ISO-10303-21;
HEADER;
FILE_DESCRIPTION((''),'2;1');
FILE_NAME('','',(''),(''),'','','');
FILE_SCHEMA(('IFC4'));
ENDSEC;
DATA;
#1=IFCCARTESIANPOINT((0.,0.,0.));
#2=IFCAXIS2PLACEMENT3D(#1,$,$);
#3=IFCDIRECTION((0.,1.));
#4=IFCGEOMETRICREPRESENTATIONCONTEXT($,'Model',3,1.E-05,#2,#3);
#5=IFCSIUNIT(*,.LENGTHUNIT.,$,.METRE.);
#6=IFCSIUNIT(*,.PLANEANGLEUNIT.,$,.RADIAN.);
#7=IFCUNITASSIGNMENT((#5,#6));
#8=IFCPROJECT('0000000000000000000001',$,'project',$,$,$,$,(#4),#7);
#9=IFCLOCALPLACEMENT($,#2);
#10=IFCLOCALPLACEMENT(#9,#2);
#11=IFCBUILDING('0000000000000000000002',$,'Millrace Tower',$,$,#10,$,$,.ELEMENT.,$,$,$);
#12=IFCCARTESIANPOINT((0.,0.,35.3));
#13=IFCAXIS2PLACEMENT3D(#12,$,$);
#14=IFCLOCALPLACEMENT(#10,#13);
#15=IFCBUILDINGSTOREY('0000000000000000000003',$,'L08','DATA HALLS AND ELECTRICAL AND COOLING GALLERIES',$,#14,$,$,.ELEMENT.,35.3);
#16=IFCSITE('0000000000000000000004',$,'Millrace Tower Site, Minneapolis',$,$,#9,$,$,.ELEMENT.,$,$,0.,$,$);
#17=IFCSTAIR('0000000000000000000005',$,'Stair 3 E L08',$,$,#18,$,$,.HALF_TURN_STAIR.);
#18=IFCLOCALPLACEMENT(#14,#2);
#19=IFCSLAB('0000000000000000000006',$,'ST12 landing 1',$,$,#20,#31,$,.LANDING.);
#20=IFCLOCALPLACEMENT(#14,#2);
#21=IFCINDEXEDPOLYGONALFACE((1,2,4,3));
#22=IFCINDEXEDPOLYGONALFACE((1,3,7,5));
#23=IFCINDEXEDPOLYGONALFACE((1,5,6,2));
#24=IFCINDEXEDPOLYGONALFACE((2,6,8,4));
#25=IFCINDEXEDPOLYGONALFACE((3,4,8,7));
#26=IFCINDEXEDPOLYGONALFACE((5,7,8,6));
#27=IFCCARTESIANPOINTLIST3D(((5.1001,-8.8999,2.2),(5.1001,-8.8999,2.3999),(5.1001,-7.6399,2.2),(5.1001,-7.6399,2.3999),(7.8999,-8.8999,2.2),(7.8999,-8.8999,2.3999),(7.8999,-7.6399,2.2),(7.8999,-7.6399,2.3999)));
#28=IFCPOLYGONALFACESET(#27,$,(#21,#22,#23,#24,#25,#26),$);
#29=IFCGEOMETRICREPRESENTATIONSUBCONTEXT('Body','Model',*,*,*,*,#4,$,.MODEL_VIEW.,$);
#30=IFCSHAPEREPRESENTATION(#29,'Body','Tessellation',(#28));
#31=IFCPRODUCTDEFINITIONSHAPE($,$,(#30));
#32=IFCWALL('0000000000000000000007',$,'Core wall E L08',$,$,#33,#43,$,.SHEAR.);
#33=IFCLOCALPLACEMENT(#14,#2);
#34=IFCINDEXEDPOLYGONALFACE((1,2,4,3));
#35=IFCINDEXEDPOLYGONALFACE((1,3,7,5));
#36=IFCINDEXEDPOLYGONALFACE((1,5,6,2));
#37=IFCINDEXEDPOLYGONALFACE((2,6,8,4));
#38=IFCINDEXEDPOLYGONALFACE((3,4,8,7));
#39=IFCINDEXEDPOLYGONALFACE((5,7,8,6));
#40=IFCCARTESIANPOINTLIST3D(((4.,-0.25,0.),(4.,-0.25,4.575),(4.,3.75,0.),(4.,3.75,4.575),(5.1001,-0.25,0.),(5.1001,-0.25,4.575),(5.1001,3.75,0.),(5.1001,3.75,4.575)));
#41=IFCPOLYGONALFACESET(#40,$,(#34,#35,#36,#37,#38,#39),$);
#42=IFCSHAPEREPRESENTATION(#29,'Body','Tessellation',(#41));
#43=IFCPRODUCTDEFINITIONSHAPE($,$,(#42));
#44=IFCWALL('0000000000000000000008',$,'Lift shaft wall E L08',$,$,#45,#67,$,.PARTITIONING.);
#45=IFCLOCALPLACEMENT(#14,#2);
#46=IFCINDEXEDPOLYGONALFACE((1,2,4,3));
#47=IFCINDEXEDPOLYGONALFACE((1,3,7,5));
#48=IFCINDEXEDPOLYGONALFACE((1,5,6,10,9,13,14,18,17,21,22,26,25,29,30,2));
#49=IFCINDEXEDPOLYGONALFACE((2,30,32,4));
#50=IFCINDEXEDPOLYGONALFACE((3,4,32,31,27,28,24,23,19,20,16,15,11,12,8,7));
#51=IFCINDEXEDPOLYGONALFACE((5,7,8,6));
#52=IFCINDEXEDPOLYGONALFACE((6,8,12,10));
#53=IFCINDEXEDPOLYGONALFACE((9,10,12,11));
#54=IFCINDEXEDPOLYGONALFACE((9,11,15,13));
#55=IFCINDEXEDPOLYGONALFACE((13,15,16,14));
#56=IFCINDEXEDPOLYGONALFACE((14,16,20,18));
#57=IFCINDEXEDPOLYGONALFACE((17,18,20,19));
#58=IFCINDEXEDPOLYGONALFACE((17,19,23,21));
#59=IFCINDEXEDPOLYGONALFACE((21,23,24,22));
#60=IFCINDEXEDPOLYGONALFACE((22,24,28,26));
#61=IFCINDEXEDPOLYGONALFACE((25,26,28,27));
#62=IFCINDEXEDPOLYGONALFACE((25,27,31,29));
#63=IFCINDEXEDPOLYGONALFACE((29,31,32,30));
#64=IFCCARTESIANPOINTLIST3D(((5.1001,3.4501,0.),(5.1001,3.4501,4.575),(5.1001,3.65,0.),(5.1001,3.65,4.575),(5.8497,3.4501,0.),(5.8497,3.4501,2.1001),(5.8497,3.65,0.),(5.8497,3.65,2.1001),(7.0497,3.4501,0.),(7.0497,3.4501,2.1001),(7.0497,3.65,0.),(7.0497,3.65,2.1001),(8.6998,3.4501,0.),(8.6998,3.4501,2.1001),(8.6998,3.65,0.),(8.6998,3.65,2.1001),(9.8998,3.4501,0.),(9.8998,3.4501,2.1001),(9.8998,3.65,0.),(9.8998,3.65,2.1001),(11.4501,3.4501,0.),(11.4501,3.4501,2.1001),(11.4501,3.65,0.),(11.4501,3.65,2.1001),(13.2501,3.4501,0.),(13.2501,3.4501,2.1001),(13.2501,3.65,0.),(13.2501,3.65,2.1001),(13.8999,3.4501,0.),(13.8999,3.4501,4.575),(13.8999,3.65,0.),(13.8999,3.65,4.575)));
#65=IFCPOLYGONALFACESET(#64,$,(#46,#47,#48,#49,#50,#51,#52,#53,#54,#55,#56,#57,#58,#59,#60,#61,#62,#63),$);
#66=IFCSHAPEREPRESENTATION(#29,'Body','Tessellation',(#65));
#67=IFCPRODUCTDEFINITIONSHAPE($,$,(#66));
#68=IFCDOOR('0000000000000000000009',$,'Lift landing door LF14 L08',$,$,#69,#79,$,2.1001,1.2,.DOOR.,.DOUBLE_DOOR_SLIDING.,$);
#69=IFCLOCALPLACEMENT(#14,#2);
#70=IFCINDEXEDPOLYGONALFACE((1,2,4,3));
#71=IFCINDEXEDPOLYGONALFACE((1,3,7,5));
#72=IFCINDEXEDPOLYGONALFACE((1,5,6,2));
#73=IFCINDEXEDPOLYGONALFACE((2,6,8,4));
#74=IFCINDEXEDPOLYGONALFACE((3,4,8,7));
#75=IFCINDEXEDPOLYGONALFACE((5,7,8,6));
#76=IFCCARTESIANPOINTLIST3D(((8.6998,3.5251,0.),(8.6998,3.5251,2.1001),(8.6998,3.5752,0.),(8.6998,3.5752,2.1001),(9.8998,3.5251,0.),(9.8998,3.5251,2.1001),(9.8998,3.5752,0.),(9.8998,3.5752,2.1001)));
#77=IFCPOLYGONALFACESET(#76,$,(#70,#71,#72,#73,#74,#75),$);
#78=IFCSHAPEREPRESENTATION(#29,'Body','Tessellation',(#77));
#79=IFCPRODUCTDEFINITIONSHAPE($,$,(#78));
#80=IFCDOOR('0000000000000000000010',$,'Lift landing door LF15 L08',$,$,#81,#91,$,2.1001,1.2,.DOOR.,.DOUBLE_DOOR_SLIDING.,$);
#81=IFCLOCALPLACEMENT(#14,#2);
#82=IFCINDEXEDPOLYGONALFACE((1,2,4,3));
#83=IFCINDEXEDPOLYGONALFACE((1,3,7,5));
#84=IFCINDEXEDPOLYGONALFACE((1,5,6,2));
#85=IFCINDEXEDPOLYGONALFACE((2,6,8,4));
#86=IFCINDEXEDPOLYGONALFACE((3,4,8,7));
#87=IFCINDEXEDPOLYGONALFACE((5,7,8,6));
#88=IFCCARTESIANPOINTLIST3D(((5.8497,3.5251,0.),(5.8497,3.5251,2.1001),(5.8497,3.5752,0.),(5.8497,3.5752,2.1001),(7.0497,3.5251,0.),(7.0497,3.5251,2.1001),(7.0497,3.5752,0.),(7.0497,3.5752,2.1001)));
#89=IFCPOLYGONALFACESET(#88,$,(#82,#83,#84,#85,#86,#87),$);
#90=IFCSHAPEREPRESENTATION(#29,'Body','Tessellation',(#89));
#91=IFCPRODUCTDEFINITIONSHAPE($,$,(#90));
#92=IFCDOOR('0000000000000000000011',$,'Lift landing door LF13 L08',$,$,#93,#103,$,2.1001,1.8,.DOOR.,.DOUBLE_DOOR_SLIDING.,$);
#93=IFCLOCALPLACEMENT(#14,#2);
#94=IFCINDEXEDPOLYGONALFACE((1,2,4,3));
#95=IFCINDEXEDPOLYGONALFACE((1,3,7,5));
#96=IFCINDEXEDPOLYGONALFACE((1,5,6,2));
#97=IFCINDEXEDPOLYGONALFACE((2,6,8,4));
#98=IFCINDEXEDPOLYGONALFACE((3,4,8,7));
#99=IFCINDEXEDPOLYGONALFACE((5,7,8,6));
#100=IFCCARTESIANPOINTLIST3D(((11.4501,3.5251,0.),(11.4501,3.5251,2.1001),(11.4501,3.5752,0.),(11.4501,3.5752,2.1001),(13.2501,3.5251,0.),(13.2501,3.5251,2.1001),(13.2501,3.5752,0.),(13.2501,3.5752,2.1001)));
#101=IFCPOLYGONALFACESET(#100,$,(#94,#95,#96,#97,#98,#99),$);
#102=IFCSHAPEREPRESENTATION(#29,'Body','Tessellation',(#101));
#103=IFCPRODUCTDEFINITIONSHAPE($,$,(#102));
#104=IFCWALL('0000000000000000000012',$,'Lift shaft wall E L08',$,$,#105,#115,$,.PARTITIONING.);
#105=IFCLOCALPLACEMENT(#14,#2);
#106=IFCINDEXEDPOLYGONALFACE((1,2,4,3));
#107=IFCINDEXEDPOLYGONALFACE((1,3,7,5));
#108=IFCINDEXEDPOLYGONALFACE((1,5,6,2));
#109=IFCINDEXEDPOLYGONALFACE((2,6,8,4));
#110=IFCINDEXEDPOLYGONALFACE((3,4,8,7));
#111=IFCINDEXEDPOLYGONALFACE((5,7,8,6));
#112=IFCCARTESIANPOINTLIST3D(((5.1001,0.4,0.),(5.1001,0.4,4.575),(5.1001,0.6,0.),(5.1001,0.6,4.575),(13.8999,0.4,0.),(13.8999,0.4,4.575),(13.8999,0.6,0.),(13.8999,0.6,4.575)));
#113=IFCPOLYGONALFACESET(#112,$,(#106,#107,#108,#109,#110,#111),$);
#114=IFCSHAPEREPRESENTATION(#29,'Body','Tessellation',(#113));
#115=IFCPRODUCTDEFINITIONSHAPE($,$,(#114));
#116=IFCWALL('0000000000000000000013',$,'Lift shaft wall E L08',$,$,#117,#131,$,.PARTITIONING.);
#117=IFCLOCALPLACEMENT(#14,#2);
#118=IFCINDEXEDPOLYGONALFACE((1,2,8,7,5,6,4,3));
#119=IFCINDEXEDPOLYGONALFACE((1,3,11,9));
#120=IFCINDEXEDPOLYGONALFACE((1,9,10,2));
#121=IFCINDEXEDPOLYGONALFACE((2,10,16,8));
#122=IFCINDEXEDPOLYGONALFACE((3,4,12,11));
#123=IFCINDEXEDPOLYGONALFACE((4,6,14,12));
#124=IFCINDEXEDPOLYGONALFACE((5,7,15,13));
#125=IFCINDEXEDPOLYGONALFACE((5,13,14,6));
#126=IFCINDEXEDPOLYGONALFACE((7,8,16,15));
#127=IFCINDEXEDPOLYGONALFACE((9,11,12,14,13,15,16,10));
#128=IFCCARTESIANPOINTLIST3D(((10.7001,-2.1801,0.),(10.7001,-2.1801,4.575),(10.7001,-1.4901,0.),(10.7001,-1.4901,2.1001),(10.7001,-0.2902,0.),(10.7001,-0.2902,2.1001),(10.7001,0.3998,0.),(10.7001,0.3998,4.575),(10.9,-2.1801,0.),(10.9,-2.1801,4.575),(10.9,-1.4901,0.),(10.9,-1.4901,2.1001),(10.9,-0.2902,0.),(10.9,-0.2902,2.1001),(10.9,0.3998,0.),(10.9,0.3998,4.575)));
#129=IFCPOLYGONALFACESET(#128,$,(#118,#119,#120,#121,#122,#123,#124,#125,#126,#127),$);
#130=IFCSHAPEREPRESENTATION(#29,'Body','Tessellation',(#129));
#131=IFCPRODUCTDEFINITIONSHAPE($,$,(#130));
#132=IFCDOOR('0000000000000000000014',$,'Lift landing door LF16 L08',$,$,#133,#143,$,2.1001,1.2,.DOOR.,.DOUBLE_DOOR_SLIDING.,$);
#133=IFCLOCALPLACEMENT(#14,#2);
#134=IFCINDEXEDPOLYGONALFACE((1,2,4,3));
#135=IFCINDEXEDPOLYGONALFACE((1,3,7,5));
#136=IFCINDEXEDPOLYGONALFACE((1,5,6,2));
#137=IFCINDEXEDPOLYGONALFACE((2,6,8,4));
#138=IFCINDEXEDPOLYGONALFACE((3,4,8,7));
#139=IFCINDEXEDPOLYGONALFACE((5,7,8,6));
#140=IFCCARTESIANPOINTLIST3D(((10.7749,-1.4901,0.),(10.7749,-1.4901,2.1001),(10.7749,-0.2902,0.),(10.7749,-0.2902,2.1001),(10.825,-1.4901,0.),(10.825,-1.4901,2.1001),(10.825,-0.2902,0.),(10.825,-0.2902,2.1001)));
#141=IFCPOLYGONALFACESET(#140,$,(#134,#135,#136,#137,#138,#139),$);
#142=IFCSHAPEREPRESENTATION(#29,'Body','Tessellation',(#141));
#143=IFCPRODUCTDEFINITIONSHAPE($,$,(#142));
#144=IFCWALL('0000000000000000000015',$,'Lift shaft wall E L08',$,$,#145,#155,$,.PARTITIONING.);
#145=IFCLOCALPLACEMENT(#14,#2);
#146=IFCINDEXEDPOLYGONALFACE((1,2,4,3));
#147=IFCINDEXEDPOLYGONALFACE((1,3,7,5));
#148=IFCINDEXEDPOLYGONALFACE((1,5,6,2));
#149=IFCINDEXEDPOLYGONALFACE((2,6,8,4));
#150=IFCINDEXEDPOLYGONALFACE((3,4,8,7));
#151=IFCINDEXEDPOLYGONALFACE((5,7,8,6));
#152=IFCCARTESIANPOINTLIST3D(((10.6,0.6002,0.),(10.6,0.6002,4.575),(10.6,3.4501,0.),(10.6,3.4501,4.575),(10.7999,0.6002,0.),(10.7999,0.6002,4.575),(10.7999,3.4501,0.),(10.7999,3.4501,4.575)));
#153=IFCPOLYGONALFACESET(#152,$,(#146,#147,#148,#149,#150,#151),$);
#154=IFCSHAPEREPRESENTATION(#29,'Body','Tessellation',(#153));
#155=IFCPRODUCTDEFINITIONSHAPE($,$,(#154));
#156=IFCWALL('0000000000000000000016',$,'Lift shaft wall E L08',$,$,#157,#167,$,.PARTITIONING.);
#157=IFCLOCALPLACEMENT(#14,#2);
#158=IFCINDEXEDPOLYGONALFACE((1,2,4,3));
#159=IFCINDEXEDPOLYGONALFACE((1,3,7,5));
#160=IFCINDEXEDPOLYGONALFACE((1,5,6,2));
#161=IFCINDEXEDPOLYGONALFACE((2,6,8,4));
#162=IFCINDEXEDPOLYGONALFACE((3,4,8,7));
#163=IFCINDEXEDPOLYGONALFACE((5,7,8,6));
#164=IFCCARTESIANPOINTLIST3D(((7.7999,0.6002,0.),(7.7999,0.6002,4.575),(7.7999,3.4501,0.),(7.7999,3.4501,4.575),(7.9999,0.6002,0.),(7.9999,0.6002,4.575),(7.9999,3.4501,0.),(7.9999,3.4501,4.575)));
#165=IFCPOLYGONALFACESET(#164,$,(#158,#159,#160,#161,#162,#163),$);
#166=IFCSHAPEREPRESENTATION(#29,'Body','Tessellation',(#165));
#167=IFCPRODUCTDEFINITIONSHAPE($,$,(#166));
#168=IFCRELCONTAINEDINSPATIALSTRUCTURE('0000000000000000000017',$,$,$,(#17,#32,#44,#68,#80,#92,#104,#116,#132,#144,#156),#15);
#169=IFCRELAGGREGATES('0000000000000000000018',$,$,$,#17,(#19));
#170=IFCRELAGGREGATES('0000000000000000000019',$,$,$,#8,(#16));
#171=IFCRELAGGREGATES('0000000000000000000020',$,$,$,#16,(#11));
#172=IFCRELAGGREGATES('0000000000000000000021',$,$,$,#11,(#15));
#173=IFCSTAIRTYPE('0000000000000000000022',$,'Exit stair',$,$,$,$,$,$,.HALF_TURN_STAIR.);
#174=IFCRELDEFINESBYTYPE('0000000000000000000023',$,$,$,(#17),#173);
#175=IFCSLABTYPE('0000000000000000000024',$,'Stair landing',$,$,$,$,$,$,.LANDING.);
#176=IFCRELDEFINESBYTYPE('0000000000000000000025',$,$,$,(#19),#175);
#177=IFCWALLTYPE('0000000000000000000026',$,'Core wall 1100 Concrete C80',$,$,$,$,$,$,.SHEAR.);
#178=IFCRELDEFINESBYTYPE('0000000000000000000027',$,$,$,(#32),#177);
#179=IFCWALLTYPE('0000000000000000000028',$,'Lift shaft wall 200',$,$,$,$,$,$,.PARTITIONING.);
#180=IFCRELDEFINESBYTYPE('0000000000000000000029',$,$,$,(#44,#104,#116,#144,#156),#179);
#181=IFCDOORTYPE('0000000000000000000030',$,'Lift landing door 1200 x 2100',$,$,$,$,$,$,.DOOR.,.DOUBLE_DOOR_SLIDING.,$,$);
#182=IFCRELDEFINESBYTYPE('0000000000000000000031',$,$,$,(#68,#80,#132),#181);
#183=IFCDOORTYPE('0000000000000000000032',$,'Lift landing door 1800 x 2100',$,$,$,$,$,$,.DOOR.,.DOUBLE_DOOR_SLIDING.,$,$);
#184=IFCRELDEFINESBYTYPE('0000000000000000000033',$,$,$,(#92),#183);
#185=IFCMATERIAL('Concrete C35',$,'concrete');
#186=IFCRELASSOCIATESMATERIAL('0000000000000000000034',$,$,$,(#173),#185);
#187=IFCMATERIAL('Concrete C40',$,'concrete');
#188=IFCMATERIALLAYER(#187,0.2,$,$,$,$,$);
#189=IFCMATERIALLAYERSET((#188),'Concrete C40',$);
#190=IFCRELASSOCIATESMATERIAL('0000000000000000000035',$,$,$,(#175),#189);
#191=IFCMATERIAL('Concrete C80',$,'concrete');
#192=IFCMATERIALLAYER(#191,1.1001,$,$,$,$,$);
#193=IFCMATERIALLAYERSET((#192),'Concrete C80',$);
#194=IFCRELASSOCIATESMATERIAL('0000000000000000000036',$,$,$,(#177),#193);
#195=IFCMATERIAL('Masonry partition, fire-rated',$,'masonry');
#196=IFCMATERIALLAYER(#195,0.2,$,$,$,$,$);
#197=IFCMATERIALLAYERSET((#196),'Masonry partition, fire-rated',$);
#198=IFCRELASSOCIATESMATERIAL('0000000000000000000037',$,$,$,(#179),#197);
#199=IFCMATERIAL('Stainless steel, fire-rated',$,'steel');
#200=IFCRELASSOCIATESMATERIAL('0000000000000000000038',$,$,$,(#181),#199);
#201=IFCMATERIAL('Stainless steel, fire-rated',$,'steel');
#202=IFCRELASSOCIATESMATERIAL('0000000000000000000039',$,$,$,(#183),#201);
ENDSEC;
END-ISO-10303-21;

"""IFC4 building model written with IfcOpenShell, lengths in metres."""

from ifc_helpers import new_model, si_unit, direction, frame, frame_2d, origin, place, context, subcontext, project, spatial, polyline, rectangle, outline, extrude, material, layer, layer_set, type_object, element, fill, aggregate, save


model = new_model("IFC4")

# Units and contexts
model_context = context("Model", 3, precision=1e-05, world=origin(), true_north=direction((0.0, 1.0)))
body_context = subcontext(model_context, "Body", "Model", "MODEL_VIEW")
ifc_project = project(units=[si_unit("LENGTHUNIT", "METRE"), si_unit("PLANEANGLEUNIT", "RADIAN")], contexts=[model_context])

# Site, building, storey
site_placement = place(None, origin())
site = spatial("IfcSite", under=ifc_project, at=site_placement, Name="Millrace Tower Site, Minneapolis", CompositionType="ELEMENT", RefElevation=0.0)
building_placement = place(site_placement, origin())
building = spatial("IfcBuilding", under=site, at=building_placement, Name="Millrace Tower", CompositionType="ELEMENT")
storey_placement = place(building_placement, frame((0.0, 0.0, 35.3)))
storey = spatial("IfcBuildingStorey", under=building, at=storey_placement, Name="L08", Description="DATA HALLS AND ELECTRICAL AND COOLING GALLERIES", CompositionType="ELEMENT", Elevation=35.3)

# Shared definitions
placement_1 = place(storey_placement, origin())

# Stair, slab
ifc_material_1 = material(Name="Concrete C35", Category="concrete")
stair_type = type_object("IfcStairType", Name="Exit stair", PredefinedType="HALF_TURN_STAIR", material=ifc_material_1)
ifc_material_2 = material(Name="Concrete C40", Category="concrete")
ifc_layer_1 = layer(ifc_material_2, 0.2)
ifc_layer_set_1 = layer_set([ifc_layer_1], Name="Concrete C40")
slab_type = type_object("IfcSlabType", Name="Stair landing", PredefinedType="LANDING", material=ifc_layer_set_1)
placement_2 = place(storey_placement, frame((0.0, 0.0, 2.2)))
stair_1 = element("IfcStair", 1, at=placement_1, inside=storey, type_object=stair_type, Name="Stair 3 E L08", PredefinedType="HALF_TURN_STAIR")
slab_1 = element("IfcSlab", 2, at=placement_2, type_object=slab_type, Name="ST12 landing 1", PredefinedType="LANDING", context=body_context, shape_type="SweptSolid", body=[
    extrude(outline(polyline([(5.1001, -8.8999), (7.8999, -8.8999), (7.8999, -7.6399), (5.1001, -7.6399), (5.1001, -8.8999)])), origin(), (0.0, 0.0, 1.0), 0.2),
])
aggregate(stair_1, [slab_1])

# Wall
ifc_material_3 = material(Name="Concrete C80", Category="concrete")
ifc_layer_2 = layer(ifc_material_3, 1.1001)
ifc_layer_set_2 = layer_set([ifc_layer_2], Name="Concrete C80")
wall_type_1 = type_object("IfcWallType", Name="Core wall 1100 Concrete C80", PredefinedType="SHEAR", material=ifc_layer_set_2)
wall_1_placement = place(storey_placement, frame((4.55, 3.75, 0.0), z_axis=(0.0, 0.0, 1.0), x_axis=(0.0, -1.0, 0.0)))
element("IfcWall", 3, at=wall_1_placement, inside=storey, type_object=wall_type_1, Name="Core wall E L08", PredefinedType="SHEAR", context=body_context, shape_type="SweptSolid", body=[
    extrude(rectangle(XDim=4.0, YDim=1.1001, at=frame_2d((2.0, 0.0))), origin(), (0.0, 0.0, 1.0), 4.575),
])

# Wall, openings, doors
ifc_material_4 = material(Name="Masonry partition, fire-rated", Category="masonry")
ifc_layer_3 = layer(ifc_material_4, 0.2)
ifc_layer_set_3 = layer_set([ifc_layer_3], Name="Masonry partition, fire-rated")
wall_type_2 = type_object("IfcWallType", Name="Lift shaft wall 200", PredefinedType="PARTITIONING", material=ifc_layer_set_3)
wall_2_placement = place(storey_placement, frame((13.8999, 3.55, 0.0), z_axis=(0.0, 0.0, 1.0), x_axis=(-1.0, 0.0, 0.0)))
wall_2 = element("IfcWall", 4, at=wall_2_placement, inside=storey, type_object=wall_type_2, Name="Lift shaft wall E L08", PredefinedType="PARTITIONING", context=body_context, shape_type="SweptSolid", body=[
    extrude(rectangle(XDim=8.7998, YDim=0.2, at=frame_2d((4.3999, 0.0))), origin(), (0.0, 0.0, 1.0), 4.575),
])
opening_1_placement = place(wall_2_placement, frame((0.6499, 0.0, 0.0)))
opening_1 = element("IfcOpeningElement", 5, at=opening_1_placement, cuts=wall_2, PredefinedType="OPENING", context=body_context, shape_type="SweptSolid", body=[
    extrude(rectangle(XDim=1.8, YDim=2.1001, at=frame_2d((0.8999, 1.05))), frame((0.0, 0.1099, 0.0), z_axis=(0.0, -1.0, 0.0), x_axis=(1.0, 0.0, 0.0)), (0.0, 0.0, 1.0), 0.22),
])
opening_2_placement = place(wall_2_placement, frame((4.0, 0.0, 0.0)))
opening_2 = element("IfcOpeningElement", 6, at=opening_2_placement, cuts=wall_2, PredefinedType="OPENING", context=body_context, shape_type="SweptSolid", body=[
    extrude(rectangle(XDim=1.2, YDim=2.1001, at=frame_2d((0.6001, 1.05))), frame((0.0, 0.1099, 0.0), z_axis=(0.0, -1.0, 0.0), x_axis=(1.0, 0.0, 0.0)), (0.0, 0.0, 1.0), 0.22),
])
opening_3_placement = place(wall_2_placement, frame((6.8501, 0.0, 0.0)))
opening_3 = element("IfcOpeningElement", 7, at=opening_3_placement, cuts=wall_2, PredefinedType="OPENING", context=body_context, shape_type="SweptSolid", body=[
    extrude(rectangle(XDim=1.2, YDim=2.1001, at=frame_2d((0.6001, 1.05))), frame((0.0, 0.1099, 0.0), z_axis=(0.0, -1.0, 0.0), x_axis=(1.0, 0.0, 0.0)), (0.0, 0.0, 1.0), 0.22),
])
ifc_material_5 = material(Name="Stainless steel, fire-rated", Category="steel")
door_type_1 = type_object("IfcDoorType", Name="Lift landing door 1200 x 2100", OperationType="DOUBLE_DOOR_SLIDING", PredefinedType="DOOR", material=ifc_material_5)
door_1_placement = place(opening_2_placement, origin())
door_1 = element("IfcDoor", 8, at=door_1_placement, inside=storey, type_object=door_type_1, Name="Lift landing door LF14 L08", OperationType="DOUBLE_DOOR_SLIDING", OverallHeight=2.1001, OverallWidth=1.2, PredefinedType="DOOR", context=body_context, shape_type="SweptSolid", body=[
    extrude(rectangle(XDim=1.2, YDim=2.1001, at=frame_2d((0.6001, 1.05))), frame((0.0, 0.0249, 0.0), z_axis=(0.0, -1.0, 0.0), x_axis=(1.0, 0.0, 0.0)), (0.0, 0.0, 1.0), 0.05),
])
fill(opening_2, door_1)
door_2_placement = place(opening_3_placement, origin())
door_2 = element("IfcDoor", 9, at=door_2_placement, inside=storey, type_object=door_type_1, Name="Lift landing door LF15 L08", OperationType="DOUBLE_DOOR_SLIDING", OverallHeight=2.1001, OverallWidth=1.2, PredefinedType="DOOR", context=body_context, shape_type="SweptSolid", body=[
    extrude(rectangle(XDim=1.2, YDim=2.1001, at=frame_2d((0.6001, 1.05))), frame((0.0, 0.0249, 0.0), z_axis=(0.0, -1.0, 0.0), x_axis=(1.0, 0.0, 0.0)), (0.0, 0.0, 1.0), 0.05),
])
fill(opening_3, door_2)
ifc_material_6 = material(Name="Stainless steel, fire-rated", Category="steel")
door_type_2 = type_object("IfcDoorType", Name="Lift landing door 1800 x 2100", OperationType="DOUBLE_DOOR_SLIDING", PredefinedType="DOOR", material=ifc_material_6)
door_3_placement = place(opening_1_placement, origin())
door_3 = element("IfcDoor", 10, at=door_3_placement, inside=storey, type_object=door_type_2, Name="Lift landing door LF13 L08", OperationType="DOUBLE_DOOR_SLIDING", OverallHeight=2.1001, OverallWidth=1.8, PredefinedType="DOOR", context=body_context, shape_type="SweptSolid", body=[
    extrude(rectangle(XDim=1.8, YDim=2.1001, at=frame_2d((0.8999, 1.05))), frame((0.0, 0.0249, 0.0), z_axis=(0.0, -1.0, 0.0), x_axis=(1.0, 0.0, 0.0)), (0.0, 0.0, 1.0), 0.05),
])
fill(opening_1, door_3)

# Wall
wall_3_placement = place(storey_placement, frame((13.8999, 0.5, 0.0), z_axis=(0.0, 0.0, 1.0), x_axis=(-1.0, 0.0, 0.0)))
element("IfcWall", 11, at=wall_3_placement, inside=storey, type_object=wall_type_2, Name="Lift shaft wall E L08", PredefinedType="PARTITIONING", context=body_context, shape_type="SweptSolid", body=[
    extrude(rectangle(XDim=8.7998, YDim=0.2, at=frame_2d((4.3999, 0.0))), origin(), (0.0, 0.0, 1.0), 4.575),
])

# Wall, opening, door
wall_4_placement = place(storey_placement, frame((10.8, 0.3999, 0.0), z_axis=(0.0, 0.0, 1.0), x_axis=(0.0, -1.0, 0.0)))
wall_4 = element("IfcWall", 12, at=wall_4_placement, inside=storey, type_object=wall_type_2, Name="Lift shaft wall E L08", PredefinedType="PARTITIONING", context=body_context, shape_type="SweptSolid", body=[
    extrude(rectangle(XDim=2.5798, YDim=0.2, at=frame_2d((1.29, 0.0))), origin(), (0.0, 0.0, 1.0), 4.575),
])
opening_4_placement = place(wall_4_placement, frame((0.6899, 0.0, 0.0)))
opening_4 = element("IfcOpeningElement", 13, at=opening_4_placement, cuts=wall_4, PredefinedType="OPENING", context=body_context, shape_type="SweptSolid", body=[
    extrude(rectangle(XDim=1.2, YDim=2.1001, at=frame_2d((0.6001, 1.05))), frame((0.0, 0.1099, 0.0), z_axis=(0.0, -1.0, 0.0), x_axis=(1.0, 0.0, 0.0)), (0.0, 0.0, 1.0), 0.22),
])
door_4_placement = place(opening_4_placement, origin())
door_4 = element("IfcDoor", 14, at=door_4_placement, inside=storey, type_object=door_type_1, Name="Lift landing door LF16 L08", OperationType="DOUBLE_DOOR_SLIDING", OverallHeight=2.1001, OverallWidth=1.2, PredefinedType="DOOR", context=body_context, shape_type="SweptSolid", body=[
    extrude(rectangle(XDim=1.2, YDim=2.1001, at=frame_2d((0.6001, 1.05))), frame((0.0, 0.0249, 0.0), z_axis=(0.0, -1.0, 0.0), x_axis=(1.0, 0.0, 0.0)), (0.0, 0.0, 1.0), 0.05),
])
fill(opening_4, door_4)

# Walls
for number, where, z_axis, x_axis, name in (
    (15, (10.7, 3.45, 0.0), (0.0, 0.0, 1.0), (0.0, -1.0, 0.0), "Lift shaft wall E L08"),
    (16, (7.8999, 3.45, 0.0), (0.0, 0.0, 1.0), (0.0, -1.0, 0.0), "Lift shaft wall E L08"),
):
    element("IfcWall", number, at=place(storey_placement, frame(where, z_axis=z_axis, x_axis=x_axis)), inside=storey, type_object=wall_type_2, Name=name, PredefinedType="PARTITIONING", context=body_context, shape_type="SweptSolid", body=[
        extrude(rectangle(XDim=2.8499, YDim=0.2, at=frame_2d((1.4248, 0.0))), origin(), (0.0, 0.0, 1.0), 4.575),
    ])

save(model, "model.ifc")
